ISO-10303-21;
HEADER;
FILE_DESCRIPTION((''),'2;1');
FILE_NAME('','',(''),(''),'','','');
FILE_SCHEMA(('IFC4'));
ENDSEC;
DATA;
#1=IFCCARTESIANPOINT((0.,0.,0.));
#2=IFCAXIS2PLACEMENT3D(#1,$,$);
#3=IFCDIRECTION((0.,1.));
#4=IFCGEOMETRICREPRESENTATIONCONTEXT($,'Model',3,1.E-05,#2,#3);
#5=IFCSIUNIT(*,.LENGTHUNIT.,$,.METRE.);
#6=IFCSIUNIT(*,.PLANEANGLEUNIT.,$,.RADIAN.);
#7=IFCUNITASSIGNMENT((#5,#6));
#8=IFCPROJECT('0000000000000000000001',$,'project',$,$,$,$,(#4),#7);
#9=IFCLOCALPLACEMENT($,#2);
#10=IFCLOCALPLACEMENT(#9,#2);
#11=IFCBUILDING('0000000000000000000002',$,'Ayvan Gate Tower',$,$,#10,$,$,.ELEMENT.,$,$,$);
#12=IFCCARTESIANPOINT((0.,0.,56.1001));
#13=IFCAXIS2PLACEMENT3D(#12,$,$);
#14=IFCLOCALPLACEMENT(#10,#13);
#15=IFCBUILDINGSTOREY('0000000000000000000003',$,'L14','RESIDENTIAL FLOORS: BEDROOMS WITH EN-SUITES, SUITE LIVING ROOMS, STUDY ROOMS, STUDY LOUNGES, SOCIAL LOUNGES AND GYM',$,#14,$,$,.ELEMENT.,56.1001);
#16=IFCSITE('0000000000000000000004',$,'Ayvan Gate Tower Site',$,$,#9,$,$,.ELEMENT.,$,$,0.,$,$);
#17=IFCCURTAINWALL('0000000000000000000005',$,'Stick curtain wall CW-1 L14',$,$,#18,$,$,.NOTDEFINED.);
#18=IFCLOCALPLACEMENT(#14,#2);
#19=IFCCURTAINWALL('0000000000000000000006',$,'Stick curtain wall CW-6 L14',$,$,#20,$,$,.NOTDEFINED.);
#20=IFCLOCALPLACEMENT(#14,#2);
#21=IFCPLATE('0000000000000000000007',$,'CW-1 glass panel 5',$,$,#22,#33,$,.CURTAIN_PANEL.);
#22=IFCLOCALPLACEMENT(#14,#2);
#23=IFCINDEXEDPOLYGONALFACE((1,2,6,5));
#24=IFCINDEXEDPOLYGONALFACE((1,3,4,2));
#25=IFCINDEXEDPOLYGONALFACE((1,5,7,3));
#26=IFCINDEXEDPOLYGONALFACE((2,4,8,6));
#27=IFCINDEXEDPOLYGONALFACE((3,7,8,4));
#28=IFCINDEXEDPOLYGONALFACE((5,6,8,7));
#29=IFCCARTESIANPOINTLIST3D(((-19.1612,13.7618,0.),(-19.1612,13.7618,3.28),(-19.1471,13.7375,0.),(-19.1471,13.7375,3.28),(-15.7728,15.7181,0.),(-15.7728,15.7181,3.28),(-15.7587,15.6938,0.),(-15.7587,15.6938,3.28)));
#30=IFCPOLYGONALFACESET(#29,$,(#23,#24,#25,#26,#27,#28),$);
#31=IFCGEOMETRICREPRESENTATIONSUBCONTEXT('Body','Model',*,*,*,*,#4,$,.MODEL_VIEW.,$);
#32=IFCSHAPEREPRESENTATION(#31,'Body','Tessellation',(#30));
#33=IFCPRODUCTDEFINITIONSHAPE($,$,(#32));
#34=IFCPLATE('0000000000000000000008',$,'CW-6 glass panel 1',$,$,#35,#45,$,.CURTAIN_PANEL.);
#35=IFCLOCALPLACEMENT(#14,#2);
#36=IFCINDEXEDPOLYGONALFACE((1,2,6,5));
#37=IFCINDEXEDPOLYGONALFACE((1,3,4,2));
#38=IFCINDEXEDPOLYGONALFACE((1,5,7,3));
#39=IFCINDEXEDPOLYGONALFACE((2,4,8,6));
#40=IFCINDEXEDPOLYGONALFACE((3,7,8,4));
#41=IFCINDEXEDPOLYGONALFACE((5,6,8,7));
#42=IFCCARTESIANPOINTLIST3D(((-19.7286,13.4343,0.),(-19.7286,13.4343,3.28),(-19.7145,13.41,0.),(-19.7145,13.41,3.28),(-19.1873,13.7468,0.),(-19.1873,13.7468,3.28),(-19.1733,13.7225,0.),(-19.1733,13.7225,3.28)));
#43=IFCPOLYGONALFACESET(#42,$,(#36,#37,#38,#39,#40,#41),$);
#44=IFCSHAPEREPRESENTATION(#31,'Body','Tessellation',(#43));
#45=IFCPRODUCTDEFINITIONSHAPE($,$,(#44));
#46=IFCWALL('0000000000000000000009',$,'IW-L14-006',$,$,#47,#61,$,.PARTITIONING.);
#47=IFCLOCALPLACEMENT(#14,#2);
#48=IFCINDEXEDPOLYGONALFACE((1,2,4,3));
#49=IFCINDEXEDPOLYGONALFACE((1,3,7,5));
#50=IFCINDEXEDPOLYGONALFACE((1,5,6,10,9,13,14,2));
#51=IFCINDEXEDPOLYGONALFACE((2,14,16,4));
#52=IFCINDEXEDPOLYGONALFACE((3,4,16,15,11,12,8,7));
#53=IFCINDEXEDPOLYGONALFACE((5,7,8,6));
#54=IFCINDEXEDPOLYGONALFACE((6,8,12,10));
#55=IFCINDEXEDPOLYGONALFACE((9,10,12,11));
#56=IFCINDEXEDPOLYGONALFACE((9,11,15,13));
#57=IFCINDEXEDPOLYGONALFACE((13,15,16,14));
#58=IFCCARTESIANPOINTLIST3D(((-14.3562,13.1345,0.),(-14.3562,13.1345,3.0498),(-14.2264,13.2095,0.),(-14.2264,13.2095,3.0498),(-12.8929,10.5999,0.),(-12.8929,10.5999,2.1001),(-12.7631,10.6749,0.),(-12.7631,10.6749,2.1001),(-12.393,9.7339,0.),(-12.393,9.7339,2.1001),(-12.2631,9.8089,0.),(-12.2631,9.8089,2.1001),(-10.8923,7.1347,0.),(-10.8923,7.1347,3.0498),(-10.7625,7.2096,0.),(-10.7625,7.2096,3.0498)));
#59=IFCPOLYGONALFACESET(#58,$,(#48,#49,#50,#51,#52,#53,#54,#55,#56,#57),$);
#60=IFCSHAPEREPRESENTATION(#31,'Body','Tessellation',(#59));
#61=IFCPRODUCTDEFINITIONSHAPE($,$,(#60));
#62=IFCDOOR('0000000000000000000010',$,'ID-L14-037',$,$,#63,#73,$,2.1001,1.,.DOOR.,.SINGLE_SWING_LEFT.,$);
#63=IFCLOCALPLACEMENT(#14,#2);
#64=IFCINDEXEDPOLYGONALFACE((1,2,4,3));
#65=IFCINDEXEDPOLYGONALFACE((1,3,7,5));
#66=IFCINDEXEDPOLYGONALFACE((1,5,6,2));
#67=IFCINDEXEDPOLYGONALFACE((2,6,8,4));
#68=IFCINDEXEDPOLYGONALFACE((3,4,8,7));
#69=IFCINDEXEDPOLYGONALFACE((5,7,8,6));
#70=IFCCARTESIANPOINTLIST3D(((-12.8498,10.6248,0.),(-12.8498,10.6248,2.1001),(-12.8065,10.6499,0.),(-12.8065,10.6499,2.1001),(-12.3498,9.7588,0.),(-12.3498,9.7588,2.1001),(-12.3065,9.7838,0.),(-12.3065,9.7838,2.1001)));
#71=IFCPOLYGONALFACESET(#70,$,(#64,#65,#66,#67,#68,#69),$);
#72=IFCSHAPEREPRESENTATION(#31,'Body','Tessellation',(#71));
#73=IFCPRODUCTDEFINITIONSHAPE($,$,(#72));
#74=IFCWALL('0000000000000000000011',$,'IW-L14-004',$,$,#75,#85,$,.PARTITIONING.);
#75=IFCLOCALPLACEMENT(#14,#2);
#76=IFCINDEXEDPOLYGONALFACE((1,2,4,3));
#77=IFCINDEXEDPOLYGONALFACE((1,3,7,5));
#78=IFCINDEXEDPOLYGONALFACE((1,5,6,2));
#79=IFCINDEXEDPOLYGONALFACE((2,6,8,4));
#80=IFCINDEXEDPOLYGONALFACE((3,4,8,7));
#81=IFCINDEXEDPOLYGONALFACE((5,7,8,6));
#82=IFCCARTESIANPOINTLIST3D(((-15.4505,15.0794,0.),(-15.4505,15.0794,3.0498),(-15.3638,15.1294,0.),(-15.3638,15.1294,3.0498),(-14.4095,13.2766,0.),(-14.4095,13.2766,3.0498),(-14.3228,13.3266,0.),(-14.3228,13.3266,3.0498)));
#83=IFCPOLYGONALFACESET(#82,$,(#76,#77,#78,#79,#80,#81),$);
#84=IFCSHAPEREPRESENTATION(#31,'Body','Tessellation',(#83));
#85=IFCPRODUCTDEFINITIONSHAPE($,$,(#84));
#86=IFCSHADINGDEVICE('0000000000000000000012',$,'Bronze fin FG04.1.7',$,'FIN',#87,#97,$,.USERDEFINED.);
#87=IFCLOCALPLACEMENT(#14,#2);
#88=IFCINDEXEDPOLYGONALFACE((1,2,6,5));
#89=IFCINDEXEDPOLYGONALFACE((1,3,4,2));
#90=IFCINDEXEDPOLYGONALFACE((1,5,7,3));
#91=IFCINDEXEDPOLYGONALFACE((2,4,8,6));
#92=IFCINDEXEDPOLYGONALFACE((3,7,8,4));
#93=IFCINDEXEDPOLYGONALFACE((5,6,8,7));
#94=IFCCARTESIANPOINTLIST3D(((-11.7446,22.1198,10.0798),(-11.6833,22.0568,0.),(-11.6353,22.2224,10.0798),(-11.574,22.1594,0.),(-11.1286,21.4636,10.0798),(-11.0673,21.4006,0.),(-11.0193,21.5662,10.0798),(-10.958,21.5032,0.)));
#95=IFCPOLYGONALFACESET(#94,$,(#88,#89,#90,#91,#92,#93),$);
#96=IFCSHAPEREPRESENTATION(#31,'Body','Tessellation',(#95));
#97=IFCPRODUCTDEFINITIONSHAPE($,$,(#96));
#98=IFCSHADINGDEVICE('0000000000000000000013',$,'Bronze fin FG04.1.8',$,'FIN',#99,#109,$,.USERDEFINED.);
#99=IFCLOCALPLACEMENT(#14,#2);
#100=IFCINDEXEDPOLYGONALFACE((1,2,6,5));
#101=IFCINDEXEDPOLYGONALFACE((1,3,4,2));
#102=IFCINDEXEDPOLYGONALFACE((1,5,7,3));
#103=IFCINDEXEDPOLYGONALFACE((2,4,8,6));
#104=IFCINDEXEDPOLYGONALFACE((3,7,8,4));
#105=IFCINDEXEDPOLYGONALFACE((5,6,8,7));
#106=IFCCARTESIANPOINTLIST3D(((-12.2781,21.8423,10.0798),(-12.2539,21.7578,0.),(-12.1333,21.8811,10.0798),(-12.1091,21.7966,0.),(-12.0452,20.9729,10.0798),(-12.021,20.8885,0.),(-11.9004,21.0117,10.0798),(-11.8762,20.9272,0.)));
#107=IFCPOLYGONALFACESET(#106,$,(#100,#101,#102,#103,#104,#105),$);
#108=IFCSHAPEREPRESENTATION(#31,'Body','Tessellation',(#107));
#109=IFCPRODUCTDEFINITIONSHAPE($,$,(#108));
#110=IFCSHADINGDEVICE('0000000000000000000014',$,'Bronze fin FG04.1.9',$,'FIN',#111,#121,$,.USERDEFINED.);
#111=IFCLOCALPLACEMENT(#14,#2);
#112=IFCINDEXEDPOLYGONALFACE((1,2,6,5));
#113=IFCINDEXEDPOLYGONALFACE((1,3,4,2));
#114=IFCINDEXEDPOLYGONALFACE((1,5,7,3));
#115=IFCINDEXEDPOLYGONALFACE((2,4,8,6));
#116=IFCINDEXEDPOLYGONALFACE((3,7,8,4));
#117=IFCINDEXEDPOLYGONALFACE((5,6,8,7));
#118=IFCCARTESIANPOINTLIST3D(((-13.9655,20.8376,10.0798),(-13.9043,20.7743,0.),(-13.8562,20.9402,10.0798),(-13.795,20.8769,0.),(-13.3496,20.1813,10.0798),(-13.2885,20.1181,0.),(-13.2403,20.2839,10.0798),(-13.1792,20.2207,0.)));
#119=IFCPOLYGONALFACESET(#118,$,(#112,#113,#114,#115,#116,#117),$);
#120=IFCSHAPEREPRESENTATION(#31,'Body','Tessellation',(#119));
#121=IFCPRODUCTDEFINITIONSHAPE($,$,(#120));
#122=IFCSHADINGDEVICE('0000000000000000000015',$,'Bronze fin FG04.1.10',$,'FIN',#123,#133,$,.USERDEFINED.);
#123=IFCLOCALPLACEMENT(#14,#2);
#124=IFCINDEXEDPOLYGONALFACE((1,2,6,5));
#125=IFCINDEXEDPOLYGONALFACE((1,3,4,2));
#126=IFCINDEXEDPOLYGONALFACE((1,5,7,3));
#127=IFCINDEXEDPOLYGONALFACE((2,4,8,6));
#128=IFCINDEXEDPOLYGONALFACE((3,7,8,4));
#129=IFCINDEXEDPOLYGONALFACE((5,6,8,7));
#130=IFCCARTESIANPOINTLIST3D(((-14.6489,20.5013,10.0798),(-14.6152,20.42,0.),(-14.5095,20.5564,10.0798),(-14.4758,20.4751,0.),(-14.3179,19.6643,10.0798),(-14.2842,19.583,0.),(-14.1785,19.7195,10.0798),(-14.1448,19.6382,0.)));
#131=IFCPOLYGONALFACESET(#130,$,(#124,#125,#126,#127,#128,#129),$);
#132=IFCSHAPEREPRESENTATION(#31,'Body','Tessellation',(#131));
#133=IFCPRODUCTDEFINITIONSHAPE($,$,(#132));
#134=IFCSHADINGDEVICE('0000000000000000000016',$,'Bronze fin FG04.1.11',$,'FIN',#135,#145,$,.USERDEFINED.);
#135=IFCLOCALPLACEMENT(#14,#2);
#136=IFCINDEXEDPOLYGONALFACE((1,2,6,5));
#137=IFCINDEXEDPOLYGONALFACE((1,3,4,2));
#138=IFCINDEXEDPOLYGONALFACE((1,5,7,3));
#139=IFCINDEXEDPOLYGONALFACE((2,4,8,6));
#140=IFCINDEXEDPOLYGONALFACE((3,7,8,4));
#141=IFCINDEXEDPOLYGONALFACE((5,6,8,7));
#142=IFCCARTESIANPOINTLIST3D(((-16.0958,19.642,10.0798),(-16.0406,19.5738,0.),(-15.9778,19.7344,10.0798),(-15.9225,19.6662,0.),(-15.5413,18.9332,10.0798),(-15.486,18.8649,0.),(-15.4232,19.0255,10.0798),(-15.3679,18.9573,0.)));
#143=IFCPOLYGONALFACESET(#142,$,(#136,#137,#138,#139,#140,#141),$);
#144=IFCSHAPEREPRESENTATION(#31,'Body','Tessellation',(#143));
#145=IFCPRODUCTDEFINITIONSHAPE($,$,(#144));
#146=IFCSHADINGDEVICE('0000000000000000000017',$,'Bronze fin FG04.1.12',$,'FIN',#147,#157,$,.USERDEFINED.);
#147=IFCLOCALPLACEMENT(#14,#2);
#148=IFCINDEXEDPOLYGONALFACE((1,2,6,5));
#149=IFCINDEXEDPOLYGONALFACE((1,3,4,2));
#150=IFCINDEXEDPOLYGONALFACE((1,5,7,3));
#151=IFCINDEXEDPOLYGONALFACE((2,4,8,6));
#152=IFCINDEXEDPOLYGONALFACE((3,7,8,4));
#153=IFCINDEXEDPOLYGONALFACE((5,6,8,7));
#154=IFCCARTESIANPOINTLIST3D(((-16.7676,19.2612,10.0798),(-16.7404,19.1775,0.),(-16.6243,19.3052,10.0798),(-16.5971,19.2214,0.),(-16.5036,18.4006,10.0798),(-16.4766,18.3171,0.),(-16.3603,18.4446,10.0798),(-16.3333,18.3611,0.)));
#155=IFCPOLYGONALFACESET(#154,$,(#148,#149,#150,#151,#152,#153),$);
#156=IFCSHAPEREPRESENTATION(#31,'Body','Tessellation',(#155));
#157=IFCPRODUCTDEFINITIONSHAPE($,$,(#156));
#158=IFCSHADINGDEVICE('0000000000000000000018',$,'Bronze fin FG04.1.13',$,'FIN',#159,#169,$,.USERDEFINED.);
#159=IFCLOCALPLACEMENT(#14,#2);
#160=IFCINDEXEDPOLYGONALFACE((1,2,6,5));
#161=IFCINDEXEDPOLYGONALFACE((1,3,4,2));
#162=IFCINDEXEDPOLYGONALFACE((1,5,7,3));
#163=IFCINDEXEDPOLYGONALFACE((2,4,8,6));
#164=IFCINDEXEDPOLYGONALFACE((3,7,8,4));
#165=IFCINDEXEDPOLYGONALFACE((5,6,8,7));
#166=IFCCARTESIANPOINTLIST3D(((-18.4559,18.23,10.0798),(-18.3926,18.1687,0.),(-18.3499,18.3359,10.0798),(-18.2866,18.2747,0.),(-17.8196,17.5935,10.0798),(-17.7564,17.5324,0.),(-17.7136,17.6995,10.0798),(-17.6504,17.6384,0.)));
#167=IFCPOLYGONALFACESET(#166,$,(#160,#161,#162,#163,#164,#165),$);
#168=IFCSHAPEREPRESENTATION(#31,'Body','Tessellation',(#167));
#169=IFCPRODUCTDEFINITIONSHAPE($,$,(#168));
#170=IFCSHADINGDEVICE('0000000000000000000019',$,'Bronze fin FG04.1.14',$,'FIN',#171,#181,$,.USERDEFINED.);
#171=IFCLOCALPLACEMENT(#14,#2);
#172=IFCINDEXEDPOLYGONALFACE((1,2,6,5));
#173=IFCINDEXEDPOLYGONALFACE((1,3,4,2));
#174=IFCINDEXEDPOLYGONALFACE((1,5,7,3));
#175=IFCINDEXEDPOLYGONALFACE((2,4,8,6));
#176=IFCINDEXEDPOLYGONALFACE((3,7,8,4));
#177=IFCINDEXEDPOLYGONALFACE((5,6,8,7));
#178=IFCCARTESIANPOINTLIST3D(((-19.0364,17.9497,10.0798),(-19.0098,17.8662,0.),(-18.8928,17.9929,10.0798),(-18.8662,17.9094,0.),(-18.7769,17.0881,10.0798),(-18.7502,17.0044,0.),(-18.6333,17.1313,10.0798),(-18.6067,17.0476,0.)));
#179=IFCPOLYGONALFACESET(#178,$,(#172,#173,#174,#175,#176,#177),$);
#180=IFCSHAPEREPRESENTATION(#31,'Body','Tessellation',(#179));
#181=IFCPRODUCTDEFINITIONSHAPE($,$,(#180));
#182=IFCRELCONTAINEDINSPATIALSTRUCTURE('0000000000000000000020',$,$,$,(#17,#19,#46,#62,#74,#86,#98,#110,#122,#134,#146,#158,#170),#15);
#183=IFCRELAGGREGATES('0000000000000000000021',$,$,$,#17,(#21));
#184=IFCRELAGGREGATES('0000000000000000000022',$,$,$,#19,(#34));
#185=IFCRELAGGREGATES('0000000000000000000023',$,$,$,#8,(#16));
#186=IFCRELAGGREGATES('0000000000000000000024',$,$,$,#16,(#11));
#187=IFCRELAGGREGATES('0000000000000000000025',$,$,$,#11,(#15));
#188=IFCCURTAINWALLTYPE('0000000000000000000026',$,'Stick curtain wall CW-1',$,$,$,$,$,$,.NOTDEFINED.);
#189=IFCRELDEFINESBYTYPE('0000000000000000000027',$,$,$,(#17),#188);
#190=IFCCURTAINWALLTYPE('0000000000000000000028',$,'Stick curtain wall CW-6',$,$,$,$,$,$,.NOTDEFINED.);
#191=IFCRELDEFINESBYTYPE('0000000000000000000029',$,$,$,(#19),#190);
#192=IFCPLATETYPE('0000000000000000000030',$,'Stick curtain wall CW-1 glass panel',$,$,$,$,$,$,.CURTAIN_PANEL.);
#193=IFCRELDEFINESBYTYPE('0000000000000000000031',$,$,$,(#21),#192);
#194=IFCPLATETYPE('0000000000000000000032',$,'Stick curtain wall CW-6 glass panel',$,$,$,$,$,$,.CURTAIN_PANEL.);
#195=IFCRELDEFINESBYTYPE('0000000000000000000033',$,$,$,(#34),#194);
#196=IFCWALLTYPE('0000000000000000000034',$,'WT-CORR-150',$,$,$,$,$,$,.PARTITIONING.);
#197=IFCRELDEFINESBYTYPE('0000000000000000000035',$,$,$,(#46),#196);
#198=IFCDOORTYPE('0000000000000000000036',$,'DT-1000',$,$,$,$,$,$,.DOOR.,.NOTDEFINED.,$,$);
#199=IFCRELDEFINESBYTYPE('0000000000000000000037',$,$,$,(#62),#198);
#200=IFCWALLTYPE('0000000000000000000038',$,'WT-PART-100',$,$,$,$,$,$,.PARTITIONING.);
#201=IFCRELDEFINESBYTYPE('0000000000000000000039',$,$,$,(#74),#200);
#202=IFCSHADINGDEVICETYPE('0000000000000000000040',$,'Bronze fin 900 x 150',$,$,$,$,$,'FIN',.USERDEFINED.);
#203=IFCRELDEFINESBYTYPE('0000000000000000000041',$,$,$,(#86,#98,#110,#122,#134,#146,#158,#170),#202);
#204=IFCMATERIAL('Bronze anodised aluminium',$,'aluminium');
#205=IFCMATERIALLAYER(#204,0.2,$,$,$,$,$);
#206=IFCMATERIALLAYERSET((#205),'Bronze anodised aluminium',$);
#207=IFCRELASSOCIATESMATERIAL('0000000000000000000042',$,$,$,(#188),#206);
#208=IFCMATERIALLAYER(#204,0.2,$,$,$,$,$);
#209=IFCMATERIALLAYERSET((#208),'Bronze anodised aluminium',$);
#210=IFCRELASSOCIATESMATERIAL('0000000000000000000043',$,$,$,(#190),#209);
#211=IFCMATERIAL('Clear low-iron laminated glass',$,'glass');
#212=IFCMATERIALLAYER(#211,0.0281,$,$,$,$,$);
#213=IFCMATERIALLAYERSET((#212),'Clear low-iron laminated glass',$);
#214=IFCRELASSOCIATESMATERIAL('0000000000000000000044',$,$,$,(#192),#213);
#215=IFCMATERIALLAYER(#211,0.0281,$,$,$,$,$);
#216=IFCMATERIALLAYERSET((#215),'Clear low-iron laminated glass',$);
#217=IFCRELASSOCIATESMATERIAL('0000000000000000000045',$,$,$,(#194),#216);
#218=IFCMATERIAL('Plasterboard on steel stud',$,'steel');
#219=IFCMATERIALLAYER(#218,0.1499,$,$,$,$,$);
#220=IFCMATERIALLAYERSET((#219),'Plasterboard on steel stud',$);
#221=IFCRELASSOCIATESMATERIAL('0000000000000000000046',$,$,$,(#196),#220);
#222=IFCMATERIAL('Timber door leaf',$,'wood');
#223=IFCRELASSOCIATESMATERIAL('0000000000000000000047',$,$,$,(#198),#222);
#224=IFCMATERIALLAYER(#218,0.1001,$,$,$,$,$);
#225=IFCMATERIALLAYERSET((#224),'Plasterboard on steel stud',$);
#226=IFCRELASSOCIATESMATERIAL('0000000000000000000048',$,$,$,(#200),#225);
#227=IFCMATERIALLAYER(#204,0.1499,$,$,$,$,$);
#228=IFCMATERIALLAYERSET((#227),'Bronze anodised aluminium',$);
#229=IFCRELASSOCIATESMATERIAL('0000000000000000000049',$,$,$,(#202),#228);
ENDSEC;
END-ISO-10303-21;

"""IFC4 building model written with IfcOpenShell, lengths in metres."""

from ifc_helpers import new_model, si_unit, direction, frame, frame_2d, origin, origin_2d, place, context, subcontext, project, spatial, polyline, rectangle, outline, extrude, material, layer, layer_set, type_object, element, fill, aggregate, save


model = new_model("IFC4")

# Units and contexts
model_context = context("Model", 3, precision=1e-05, world=origin(), true_north=direction((0.0, 1.0)))
body_context = subcontext(model_context, "Body", "Model", "MODEL_VIEW")
ifc_project = project(units=[si_unit("LENGTHUNIT", "METRE"), si_unit("PLANEANGLEUNIT", "RADIAN")], contexts=[model_context])

# Site, building, storey
site_placement = place(None, origin())
site = spatial("IfcSite", under=ifc_project, at=site_placement, Name="Ayvan Gate Tower Site", CompositionType="ELEMENT", RefElevation=0.0)
building_placement = place(site_placement, origin())
building = spatial("IfcBuilding", under=site, at=building_placement, Name="Ayvan Gate Tower", CompositionType="ELEMENT")
storey_placement = place(building_placement, frame((0.0, 0.0, 56.1001)))
storey = spatial("IfcBuildingStorey", under=building, at=storey_placement, Name="L14", Description="RESIDENTIAL FLOORS: BEDROOMS WITH EN-SUITES, SUITE LIVING ROOMS, STUDY ROOMS, STUDY LOUNGES, SOCIAL LOUNGES AND GYM", CompositionType="ELEMENT", Elevation=56.1001)

# Curtain walls
ifc_material_1 = material(Name="Bronze anodised aluminium", Category="aluminium")
ifc_layer_1 = layer(ifc_material_1, 0.2)
ifc_layer_set_1 = layer_set([ifc_layer_1], Name="Bronze anodised aluminium")
curtain_wall_type_1 = type_object("IfcCurtainWallType", Name="Stick curtain wall CW-1", PredefinedType="NOTDEFINED", material=ifc_layer_set_1)
curtain_wall_1_placement = place(storey_placement, origin())
curtain_wall_1 = element("IfcCurtainWall", 1, at=curtain_wall_1_placement, inside=storey, type_object=curtain_wall_type_1, Name="Stick curtain wall CW-1 L14", PredefinedType="NOTDEFINED")
ifc_layer_2 = layer(ifc_material_1, 0.2)
ifc_layer_set_2 = layer_set([ifc_layer_2], Name="Bronze anodised aluminium")
curtain_wall_type_2 = type_object("IfcCurtainWallType", Name="Stick curtain wall CW-6", PredefinedType="NOTDEFINED", material=ifc_layer_set_2)
curtain_wall_2_placement = place(storey_placement, origin())
curtain_wall_2 = element("IfcCurtainWall", 2, at=curtain_wall_2_placement, inside=storey, type_object=curtain_wall_type_2, Name="Stick curtain wall CW-6 L14", PredefinedType="NOTDEFINED")

# Plates
ifc_material_2 = material(Name="Clear low-iron laminated glass", Category="glass")
ifc_layer_3 = layer(ifc_material_2, 0.0281)
ifc_layer_set_3 = layer_set([ifc_layer_3], Name="Clear low-iron laminated glass")
plate_type_1 = type_object("IfcPlateType", Name="Stick curtain wall CW-1 glass panel", PredefinedType="CURTAIN_PANEL", material=ifc_layer_set_3)
plate_1_placement = place(storey_placement, frame((-17.46, 14.7278, 0.0), z_axis=(0.0, 0.0, 1.0), x_axis=(-0.866025, -0.5, 0.0)))
plate_1 = element("IfcPlate", 3, at=plate_1_placement, type_object=plate_type_1, Name="CW-1 glass panel 5", PredefinedType="CURTAIN_PANEL", context=body_context, shape_type="SweptSolid", body=[
    extrude(rectangle(XDim=3.9126, YDim=0.0281, at=origin_2d()), origin(), (0.0, 0.0, 1.0), 3.28),
])
aggregate(curtain_wall_1, [plate_1])
ifc_layer_4 = layer(ifc_material_2, 0.0281)
ifc_layer_set_4 = layer_set([ifc_layer_4], Name="Clear low-iron laminated glass")
plate_type_2 = type_object("IfcPlateType", Name="Stick curtain wall CW-6 glass panel", PredefinedType="CURTAIN_PANEL", material=ifc_layer_set_4)
plate_2_placement = place(storey_placement, frame((-19.4509, 13.5784, 0.0), z_axis=(0.0, 0.0, 1.0), x_axis=(-0.866025, -0.5, 0.0)))
plate_2 = element("IfcPlate", 4, at=plate_2_placement, type_object=plate_type_2, Name="CW-6 glass panel 1", PredefinedType="CURTAIN_PANEL", context=body_context, shape_type="SweptSolid", body=[
    extrude(rectangle(XDim=0.625, YDim=0.0281, at=origin_2d()), origin(), (0.0, 0.0, 1.0), 3.28),
])
aggregate(curtain_wall_2, [plate_2])

# Wall, opening, door
ifc_material_3 = material(Name="Plasterboard on steel stud", Category="steel")
ifc_layer_5 = layer(ifc_material_3, 0.1499)
ifc_layer_set_5 = layer_set([ifc_layer_5], Name="Plasterboard on steel stud")
wall_type_1 = type_object("IfcWallType", Name="WT-CORR-150", PredefinedType="PARTITIONING", material=ifc_layer_set_5)
wall_1_placement = place(storey_placement, frame((-14.2913, 13.1719, 0.0), z_axis=(0.0, 0.0, 1.0), x_axis=(0.49999, -0.866031, 0.0)))
wall_1 = element("IfcWall", 5, at=wall_1_placement, inside=storey, type_object=wall_type_1, Name="IW-L14-006", PredefinedType="PARTITIONING", context=body_context, shape_type="SweptSolid", body=[
    extrude(rectangle(XDim=6.928, YDim=0.1499, at=frame_2d((3.4639, 0.0))), origin(), (0.0, 0.0, 1.0), 3.0498),
])
opening_placement = place(wall_1_placement, frame((2.9265, 0.0, 0.0)))
opening = element("IfcOpeningElement", 6, at=opening_placement, cuts=wall_1, PredefinedType="OPENING", context=body_context, shape_type="SweptSolid", body=[
    extrude(rectangle(XDim=1.0, YDim=2.1001, at=frame_2d((0.5, 1.05))), frame((0.0, 0.085, 0.0), z_axis=(0.0, -1.0, 0.0), x_axis=(1.0, 0.0, 0.0)), (0.0, 0.0, 1.0), 0.1699),
])
ifc_material_4 = material(Name="Timber door leaf", Category="wood")
door_type = type_object("IfcDoorType", Name="DT-1000", OperationType="NOTDEFINED", PredefinedType="DOOR", material=ifc_material_4)
door_placement = place(opening_placement, origin())
door = element("IfcDoor", 7, at=door_placement, inside=storey, type_object=door_type, Name="ID-L14-037", OperationType="SINGLE_SWING_LEFT", OverallHeight=2.1001, OverallWidth=1.0, PredefinedType="DOOR", context=body_context, shape_type="SweptSolid", body=[
    extrude(rectangle(XDim=1.0, YDim=2.1001, at=frame_2d((0.5, 1.05))), frame((0.0, 0.0249, 0.0), z_axis=(0.0, -1.0, 0.0), x_axis=(1.0, 0.0, 0.0)), (0.0, 0.0, 1.0), 0.05),
])
fill(opening, door)

# Wall
ifc_layer_6 = layer(ifc_material_3, 0.1001)
ifc_layer_set_6 = layer_set([ifc_layer_6], Name="Plasterboard on steel stud")
wall_type_2 = type_object("IfcWallType", Name="WT-PART-100", PredefinedType="PARTITIONING", material=ifc_layer_set_6)
wall_2_placement = place(storey_placement, frame((-15.4072, 15.1045, 0.0), z_axis=(0.0, 0.0, 1.0), x_axis=(0.500074, -0.865982, 0.0)))
element("IfcWall", 8, at=wall_2_placement, inside=storey, type_object=wall_type_2, Name="IW-L14-004", PredefinedType="PARTITIONING", context=body_context, shape_type="SweptSolid", body=[
    extrude(rectangle(XDim=2.0818, YDim=0.1001, at=frame_2d((1.041, 0.0))), origin(), (0.0, 0.0, 1.0), 3.0498),
])

# Shading devices
ifc_layer_7 = layer(ifc_material_1, 0.1499)
ifc_layer_set_7 = layer_set([ifc_layer_7], Name="Bronze anodised aluminium")
shading_device_type = type_object("IfcShadingDeviceType", Name="Bronze fin 900 x 150", ElementType="FIN", PredefinedType="USERDEFINED", material=ifc_layer_set_7)
shading_device_1_placement = place(storey_placement, frame((-10.958, 21.5032, 0.0), z_axis=(0.729131, 0.684374, 0.000156), x_axis=(-0.684374, 0.729131, 0.0)))
element("IfcShadingDevice", 9, at=shading_device_1_placement, inside=storey, type_object=shading_device_type, Name="Bronze fin FG04.1.7", ObjectType="FIN", PredefinedType="USERDEFINED", context=body_context, shape_type="SweptSolid", body=[
    extrude(outline(polyline([(0.0, 0.0), (0.9, 0.0), (0.9879, 10.0798), (0.0879, 10.0798), (0.0, 0.0)])), origin(), (0.0, 0.0, -1.0), 0.1499),
])
shading_device_2_placement = place(storey_placement, frame((-11.8762, 20.9272, 0.0), z_axis=(0.965937, 0.258777, 0.000148), x_axis=(-0.258777, 0.965937, 0.0)))
element("IfcShadingDevice", 10, at=shading_device_2_placement, inside=storey, type_object=shading_device_type, Name="Bronze fin FG04.1.8", ObjectType="FIN", PredefinedType="USERDEFINED", context=body_context, shape_type="SweptSolid", body=[
    extrude(outline(polyline([(0.0, 0.0), (0.9, 0.0), (0.9879, 10.0798), (0.0878, 10.0798), (0.0, 0.0)])), origin(), (0.0, 0.0, -1.0), 0.1499),
])
shading_device_3_placement = place(storey_placement, frame((-13.1792, 20.2207, 0.0), z_axis=(0.729199, 0.684302, 0.000132), x_axis=(-0.684302, 0.729199, 0.0)))
element("IfcShadingDevice", 11, at=shading_device_3_placement, inside=storey, type_object=shading_device_type, Name="Bronze fin FG04.1.9", ObjectType="FIN", PredefinedType="USERDEFINED", context=body_context, shape_type="SweptSolid", body=[
    extrude(outline(polyline([(0.0, 0.0), (0.8999, 0.0), (0.9879, 10.0798), (0.0879, 10.0798), (0.0, 0.0)])), origin(), (0.0, 0.0, -1.0), 0.1499),
])
shading_device_4_placement = place(storey_placement, frame((-14.1448, 19.6382, 0.0), z_axis=(0.929892, 0.367833, 0.000141), x_axis=(-0.367833, 0.929892, 0.0)))
element("IfcShadingDevice", 12, at=shading_device_4_placement, inside=storey, type_object=shading_device_type, Name="Bronze fin FG04.1.10", ObjectType="FIN", PredefinedType="USERDEFINED", context=body_context, shape_type="SweptSolid", body=[
    extrude(outline(polyline([(0.0, 0.0), (0.9, 0.0), (0.988, 10.0798), (0.088, 10.0798), (0.0, 0.0)])), origin(), (0.0, 0.0, -1.0), 0.1499),
])
shading_device_5_placement = place(storey_placement, frame((-15.3679, 18.9573, 0.0), z_axis=(0.787611, 0.616173, 0.00015), x_axis=(-0.616173, 0.787611, 0.0)))
element("IfcShadingDevice", 13, at=shading_device_5_placement, inside=storey, type_object=shading_device_type, Name="Bronze fin FG04.1.11", ObjectType="FIN", PredefinedType="USERDEFINED", context=body_context, shape_type="SweptSolid", body=[
    extrude(outline(polyline([(0.0, 0.0), (0.9, 0.0), (0.9878, 10.0798), (0.0878, 10.0798), (0.0, 0.0)])), origin(), (0.0, 0.0, -1.0), 0.1499),
])
shading_device_6_placement = place(storey_placement, frame((-16.3333, 18.3611, 0.0), z_axis=(0.956043, 0.293228, 0.000138), x_axis=(-0.293228, 0.956043, 0.0)))
element("IfcShadingDevice", 14, at=shading_device_6_placement, inside=storey, type_object=shading_device_type, Name="Bronze fin FG04.1.12", ObjectType="FIN", PredefinedType="USERDEFINED", context=body_context, shape_type="SweptSolid", body=[
    extrude(outline(polyline([(0.0, 0.0), (0.8999, 0.0), (0.9879, 10.0798), (0.0878, 10.0798), (0.0, 0.0)])), origin(), (0.0, 0.0, -1.0), 0.1499),
])
shading_device_7_placement = place(storey_placement, frame((-17.6504, 17.6384, 0.0), z_axis=(0.707175, 0.707039, 0.000146), x_axis=(-0.707039, 0.707175, 0.0)))
element("IfcShadingDevice", 15, at=shading_device_7_placement, inside=storey, type_object=shading_device_type, Name="Bronze fin FG04.1.13", ObjectType="FIN", PredefinedType="USERDEFINED", context=body_context, shape_type="SweptSolid", body=[
    extrude(outline(polyline([(0.0, 0.0), (0.8998, 0.0), (0.9878, 10.0798), (0.0879, 10.0798), (0.0, 0.0)])), origin(), (0.0, 0.0, -1.0), 0.1499),
])
shading_device_8_placement = place(storey_placement, frame((-18.6067, 17.0476, 0.0), z_axis=(0.957516, 0.288381, 0.000136), x_axis=(-0.288381, 0.957516, 0.0)))
element("IfcShadingDevice", 16, at=shading_device_8_placement, inside=storey, type_object=shading_device_type, Name="Bronze fin FG04.1.14", ObjectType="FIN", PredefinedType="USERDEFINED", context=body_context, shape_type="SweptSolid", body=[
    extrude(outline(polyline([(0.0, 0.0), (0.9, 0.0), (0.9877, 10.0798), (0.0879, 10.0798), (0.0, 0.0)])), origin(), (0.0, 0.0, -1.0), 0.1499),
])

save(model, "model.ifc")
